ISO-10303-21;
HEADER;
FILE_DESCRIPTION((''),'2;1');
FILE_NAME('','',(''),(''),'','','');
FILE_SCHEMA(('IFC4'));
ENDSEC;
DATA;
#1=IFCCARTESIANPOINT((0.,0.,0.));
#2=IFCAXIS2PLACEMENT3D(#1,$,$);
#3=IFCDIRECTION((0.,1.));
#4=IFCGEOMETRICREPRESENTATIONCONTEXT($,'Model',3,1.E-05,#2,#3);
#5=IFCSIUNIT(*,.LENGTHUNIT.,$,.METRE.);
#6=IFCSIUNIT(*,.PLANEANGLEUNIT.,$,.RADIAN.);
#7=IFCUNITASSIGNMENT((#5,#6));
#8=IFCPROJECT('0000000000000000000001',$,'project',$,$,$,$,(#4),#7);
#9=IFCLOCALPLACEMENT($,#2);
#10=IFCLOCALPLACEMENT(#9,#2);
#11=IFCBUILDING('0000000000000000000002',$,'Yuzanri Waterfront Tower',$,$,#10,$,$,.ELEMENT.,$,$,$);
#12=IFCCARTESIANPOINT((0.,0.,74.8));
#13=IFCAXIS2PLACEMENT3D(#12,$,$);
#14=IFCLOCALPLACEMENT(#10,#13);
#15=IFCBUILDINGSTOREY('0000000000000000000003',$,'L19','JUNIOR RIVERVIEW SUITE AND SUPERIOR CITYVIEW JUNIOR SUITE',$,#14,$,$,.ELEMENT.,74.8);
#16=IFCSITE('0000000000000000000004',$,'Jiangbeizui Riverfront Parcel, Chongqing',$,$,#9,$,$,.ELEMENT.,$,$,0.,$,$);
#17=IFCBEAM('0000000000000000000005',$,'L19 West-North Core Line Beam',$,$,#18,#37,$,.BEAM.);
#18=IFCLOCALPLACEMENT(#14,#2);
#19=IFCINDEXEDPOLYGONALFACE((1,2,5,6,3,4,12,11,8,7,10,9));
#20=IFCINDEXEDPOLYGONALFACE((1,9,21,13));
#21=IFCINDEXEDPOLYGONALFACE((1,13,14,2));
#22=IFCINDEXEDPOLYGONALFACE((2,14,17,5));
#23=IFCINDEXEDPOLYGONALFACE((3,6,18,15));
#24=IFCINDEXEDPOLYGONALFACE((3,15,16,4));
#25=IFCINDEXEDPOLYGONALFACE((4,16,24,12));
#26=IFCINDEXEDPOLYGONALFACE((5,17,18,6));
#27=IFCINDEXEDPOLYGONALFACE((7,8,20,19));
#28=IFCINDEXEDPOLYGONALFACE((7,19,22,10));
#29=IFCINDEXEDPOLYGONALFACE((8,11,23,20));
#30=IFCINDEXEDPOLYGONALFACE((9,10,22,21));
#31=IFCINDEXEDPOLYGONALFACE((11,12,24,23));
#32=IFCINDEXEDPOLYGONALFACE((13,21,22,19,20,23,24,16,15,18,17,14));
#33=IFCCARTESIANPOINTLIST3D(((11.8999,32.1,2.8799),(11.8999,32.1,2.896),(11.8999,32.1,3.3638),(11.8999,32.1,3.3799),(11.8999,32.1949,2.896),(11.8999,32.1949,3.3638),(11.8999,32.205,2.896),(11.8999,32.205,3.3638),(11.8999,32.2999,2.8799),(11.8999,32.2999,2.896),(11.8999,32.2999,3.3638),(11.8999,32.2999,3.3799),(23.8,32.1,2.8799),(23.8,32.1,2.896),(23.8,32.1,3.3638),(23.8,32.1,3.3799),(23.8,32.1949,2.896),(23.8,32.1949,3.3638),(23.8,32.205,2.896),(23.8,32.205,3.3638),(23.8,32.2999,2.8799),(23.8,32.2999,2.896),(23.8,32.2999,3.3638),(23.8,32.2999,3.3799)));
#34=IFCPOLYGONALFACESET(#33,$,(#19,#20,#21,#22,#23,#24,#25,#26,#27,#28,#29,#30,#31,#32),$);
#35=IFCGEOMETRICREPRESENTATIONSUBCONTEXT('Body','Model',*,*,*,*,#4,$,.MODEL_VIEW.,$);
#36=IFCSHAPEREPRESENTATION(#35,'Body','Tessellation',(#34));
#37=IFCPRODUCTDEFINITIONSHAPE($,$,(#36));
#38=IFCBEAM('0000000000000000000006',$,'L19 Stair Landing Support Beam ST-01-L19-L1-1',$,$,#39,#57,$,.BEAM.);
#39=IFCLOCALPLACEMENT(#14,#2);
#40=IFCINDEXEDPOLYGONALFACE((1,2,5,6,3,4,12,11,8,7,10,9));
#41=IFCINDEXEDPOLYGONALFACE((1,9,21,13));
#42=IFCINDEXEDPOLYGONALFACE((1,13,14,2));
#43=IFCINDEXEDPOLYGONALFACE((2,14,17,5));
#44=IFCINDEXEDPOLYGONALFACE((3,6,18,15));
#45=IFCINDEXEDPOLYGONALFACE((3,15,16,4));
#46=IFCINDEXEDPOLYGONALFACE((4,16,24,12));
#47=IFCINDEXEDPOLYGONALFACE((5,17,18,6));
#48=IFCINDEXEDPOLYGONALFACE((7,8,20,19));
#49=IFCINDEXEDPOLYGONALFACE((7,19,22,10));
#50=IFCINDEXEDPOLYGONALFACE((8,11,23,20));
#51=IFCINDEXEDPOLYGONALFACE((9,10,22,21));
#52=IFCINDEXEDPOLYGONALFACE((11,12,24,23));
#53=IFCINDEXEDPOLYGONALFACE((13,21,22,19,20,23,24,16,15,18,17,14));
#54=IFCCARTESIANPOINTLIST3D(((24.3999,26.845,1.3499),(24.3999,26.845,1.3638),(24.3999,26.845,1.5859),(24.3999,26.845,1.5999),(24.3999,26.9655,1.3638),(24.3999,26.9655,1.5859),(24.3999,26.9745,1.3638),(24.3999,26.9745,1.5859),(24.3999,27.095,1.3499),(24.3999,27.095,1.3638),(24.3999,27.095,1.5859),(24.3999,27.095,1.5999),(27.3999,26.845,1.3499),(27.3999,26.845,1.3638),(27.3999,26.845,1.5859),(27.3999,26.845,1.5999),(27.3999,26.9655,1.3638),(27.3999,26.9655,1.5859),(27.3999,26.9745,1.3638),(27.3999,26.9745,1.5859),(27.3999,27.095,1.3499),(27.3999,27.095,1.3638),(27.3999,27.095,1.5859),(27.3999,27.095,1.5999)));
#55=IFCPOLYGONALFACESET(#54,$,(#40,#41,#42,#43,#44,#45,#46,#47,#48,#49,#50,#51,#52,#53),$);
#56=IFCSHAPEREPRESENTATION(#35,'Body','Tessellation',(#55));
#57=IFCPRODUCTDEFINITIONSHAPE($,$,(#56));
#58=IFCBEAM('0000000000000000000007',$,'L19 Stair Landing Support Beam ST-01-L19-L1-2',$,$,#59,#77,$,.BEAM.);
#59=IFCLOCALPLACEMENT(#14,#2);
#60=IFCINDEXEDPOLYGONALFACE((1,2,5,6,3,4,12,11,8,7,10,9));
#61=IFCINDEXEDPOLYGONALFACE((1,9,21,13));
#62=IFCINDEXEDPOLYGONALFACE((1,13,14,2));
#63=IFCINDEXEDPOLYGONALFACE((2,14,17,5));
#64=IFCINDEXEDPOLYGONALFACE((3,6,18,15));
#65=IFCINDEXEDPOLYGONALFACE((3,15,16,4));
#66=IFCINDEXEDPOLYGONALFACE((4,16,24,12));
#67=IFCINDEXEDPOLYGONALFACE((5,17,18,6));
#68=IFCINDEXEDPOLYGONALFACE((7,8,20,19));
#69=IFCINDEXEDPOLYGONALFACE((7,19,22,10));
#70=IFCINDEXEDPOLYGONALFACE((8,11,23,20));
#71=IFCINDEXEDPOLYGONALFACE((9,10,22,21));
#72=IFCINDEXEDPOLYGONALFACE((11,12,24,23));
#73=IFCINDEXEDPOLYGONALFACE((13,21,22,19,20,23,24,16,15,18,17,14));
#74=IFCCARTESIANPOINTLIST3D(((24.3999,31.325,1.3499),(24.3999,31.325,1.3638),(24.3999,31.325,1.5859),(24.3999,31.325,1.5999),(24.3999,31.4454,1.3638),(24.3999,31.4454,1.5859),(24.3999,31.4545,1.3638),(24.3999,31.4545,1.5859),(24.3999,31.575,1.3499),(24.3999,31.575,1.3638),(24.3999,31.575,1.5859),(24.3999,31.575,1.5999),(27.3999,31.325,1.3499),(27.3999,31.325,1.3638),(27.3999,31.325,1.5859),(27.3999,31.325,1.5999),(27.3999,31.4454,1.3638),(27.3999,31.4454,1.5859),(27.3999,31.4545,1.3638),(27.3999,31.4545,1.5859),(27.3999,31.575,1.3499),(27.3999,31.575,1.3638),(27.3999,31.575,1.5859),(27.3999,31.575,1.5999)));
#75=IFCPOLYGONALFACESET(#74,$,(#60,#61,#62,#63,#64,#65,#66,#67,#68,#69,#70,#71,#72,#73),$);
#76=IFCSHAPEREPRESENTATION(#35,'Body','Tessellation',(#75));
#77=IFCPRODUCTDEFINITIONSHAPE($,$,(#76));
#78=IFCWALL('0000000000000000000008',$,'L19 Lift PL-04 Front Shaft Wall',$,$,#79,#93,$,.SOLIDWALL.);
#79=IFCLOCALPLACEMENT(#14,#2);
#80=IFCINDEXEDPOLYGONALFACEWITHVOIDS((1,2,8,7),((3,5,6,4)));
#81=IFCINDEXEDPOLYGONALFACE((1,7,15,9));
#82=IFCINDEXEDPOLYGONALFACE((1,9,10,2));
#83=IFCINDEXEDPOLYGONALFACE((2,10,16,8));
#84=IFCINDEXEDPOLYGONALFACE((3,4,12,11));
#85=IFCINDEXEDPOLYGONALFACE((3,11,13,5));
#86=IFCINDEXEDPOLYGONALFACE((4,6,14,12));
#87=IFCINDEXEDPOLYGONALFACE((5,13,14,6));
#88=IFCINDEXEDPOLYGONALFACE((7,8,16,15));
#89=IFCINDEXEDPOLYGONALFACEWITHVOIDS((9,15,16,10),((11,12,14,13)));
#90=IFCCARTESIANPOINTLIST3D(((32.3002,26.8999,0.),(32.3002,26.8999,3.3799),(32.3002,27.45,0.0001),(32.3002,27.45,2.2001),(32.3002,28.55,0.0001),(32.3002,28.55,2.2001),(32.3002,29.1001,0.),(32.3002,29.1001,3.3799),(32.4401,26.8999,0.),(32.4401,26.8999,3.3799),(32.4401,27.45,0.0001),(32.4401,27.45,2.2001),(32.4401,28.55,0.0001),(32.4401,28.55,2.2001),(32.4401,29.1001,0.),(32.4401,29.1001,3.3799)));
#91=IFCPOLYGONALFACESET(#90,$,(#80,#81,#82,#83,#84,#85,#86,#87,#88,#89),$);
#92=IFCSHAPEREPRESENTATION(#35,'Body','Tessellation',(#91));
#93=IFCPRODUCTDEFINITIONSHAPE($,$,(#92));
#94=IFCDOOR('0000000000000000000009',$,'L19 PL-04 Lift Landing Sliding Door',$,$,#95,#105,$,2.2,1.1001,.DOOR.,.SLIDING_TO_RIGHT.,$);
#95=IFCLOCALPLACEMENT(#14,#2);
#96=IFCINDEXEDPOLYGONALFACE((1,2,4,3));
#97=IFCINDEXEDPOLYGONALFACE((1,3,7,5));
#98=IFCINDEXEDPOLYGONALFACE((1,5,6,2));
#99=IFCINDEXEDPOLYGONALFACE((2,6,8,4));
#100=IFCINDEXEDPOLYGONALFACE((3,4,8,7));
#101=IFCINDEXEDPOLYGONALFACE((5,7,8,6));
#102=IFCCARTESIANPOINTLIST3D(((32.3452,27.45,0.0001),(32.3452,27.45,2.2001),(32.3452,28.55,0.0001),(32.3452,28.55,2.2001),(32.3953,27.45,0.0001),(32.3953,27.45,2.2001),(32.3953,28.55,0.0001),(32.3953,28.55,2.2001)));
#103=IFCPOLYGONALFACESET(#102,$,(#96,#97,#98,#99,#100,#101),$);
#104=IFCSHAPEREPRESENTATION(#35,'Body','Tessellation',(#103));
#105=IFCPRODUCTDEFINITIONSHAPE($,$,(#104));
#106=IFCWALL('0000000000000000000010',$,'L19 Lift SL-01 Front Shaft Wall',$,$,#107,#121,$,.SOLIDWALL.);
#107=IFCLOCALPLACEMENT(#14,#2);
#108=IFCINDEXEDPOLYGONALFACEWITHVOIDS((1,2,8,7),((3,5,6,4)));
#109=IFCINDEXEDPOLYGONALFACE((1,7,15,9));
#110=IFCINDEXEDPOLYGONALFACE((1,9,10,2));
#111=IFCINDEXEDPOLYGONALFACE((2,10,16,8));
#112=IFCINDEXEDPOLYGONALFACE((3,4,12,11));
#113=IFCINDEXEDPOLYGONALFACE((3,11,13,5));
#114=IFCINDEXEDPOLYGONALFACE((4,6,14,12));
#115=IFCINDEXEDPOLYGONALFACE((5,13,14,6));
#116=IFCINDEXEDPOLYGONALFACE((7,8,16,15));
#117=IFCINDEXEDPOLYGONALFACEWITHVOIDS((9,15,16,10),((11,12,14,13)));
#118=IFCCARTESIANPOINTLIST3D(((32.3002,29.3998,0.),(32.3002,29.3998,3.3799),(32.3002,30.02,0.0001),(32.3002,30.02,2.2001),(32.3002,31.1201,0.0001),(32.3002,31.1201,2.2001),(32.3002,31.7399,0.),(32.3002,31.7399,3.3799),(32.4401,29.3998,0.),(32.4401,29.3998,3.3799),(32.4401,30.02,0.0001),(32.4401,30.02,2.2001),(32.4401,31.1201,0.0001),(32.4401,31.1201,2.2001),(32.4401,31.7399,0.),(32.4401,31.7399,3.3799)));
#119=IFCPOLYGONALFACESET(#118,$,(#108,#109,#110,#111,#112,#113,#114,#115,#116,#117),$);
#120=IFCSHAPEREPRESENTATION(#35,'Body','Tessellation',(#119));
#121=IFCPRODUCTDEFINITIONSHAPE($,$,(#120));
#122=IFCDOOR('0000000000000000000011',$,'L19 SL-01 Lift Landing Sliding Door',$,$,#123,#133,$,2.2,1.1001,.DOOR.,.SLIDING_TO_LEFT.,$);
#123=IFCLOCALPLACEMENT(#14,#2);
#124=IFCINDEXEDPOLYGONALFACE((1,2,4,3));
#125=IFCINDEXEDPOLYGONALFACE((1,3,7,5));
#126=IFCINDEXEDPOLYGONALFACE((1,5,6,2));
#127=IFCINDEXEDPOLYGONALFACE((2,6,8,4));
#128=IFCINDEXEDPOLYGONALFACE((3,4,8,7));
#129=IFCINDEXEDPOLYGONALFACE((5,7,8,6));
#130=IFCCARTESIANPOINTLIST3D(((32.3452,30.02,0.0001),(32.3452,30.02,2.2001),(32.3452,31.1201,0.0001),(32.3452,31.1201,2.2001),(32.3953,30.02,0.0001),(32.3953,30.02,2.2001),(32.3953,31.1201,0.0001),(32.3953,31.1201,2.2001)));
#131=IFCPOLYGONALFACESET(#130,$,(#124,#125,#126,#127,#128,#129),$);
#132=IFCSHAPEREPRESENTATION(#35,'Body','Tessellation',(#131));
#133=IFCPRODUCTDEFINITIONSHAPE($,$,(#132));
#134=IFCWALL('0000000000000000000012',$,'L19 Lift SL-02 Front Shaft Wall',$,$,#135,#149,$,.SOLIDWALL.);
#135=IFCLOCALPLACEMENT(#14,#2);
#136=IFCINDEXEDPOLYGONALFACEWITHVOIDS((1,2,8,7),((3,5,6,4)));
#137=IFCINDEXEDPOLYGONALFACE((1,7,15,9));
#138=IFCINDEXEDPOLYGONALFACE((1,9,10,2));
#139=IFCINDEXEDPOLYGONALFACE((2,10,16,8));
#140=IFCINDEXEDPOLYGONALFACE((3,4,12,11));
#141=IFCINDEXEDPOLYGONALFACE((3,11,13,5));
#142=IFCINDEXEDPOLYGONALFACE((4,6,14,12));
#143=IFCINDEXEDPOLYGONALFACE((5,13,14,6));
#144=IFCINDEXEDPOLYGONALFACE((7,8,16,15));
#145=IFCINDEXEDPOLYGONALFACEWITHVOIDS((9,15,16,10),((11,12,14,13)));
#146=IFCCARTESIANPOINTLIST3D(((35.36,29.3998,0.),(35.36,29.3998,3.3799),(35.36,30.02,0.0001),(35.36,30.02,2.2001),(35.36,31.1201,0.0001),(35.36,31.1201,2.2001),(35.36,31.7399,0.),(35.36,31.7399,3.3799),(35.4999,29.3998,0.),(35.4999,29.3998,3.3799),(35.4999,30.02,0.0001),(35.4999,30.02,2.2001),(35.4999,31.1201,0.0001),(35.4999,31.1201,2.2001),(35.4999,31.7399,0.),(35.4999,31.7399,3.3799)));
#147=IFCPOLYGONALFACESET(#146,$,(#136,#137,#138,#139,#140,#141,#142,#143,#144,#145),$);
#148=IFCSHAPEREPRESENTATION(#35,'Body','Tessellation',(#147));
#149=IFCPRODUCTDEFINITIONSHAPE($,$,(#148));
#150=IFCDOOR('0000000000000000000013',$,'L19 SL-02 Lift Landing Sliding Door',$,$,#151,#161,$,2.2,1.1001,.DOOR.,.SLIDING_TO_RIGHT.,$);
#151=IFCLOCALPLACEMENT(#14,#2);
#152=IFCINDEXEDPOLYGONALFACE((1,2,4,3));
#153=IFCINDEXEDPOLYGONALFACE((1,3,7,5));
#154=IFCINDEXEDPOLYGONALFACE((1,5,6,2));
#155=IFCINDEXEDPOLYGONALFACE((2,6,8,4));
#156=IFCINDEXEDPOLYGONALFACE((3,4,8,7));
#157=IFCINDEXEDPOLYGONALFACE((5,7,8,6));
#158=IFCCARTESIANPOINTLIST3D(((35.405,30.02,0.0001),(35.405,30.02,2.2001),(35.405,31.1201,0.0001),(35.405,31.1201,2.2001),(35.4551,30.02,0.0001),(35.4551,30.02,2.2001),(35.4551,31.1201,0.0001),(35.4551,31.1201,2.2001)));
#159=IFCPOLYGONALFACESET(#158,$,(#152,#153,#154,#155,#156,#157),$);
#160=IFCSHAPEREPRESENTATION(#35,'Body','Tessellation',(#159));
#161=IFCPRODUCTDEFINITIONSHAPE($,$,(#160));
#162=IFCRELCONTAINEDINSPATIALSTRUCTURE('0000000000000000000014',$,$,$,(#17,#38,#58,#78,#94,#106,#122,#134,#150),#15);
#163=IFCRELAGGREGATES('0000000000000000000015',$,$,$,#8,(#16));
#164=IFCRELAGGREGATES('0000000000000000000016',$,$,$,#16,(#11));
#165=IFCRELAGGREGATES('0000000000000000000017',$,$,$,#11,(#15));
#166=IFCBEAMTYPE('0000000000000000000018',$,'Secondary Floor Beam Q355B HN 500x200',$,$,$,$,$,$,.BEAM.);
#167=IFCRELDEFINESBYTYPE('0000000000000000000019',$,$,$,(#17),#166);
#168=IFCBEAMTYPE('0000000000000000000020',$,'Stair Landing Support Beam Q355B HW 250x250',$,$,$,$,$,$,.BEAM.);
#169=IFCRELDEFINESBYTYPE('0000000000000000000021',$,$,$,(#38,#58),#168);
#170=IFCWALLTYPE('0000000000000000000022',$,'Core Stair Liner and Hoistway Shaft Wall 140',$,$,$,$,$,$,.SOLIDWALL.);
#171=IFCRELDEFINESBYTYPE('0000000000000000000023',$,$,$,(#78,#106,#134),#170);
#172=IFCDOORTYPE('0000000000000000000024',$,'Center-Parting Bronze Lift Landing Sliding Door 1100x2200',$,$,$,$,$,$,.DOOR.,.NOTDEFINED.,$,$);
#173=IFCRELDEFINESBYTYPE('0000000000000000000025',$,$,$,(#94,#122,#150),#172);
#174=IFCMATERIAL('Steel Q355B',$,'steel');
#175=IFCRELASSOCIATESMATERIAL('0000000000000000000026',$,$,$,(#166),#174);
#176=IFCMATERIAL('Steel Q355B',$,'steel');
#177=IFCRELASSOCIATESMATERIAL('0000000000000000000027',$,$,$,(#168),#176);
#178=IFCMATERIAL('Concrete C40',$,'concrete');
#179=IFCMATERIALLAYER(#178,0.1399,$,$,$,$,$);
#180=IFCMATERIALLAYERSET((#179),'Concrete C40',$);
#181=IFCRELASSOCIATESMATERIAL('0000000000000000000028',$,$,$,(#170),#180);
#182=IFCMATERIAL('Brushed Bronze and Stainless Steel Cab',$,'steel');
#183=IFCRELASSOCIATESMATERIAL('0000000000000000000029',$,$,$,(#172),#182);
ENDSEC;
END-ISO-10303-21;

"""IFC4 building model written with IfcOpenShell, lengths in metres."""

from ifc_helpers import new_model, si_unit, direction, frame, frame_2d, origin, origin_2d, place, context, subcontext, project, spatial, rectangle, i_section, extrude, source, transform, mapped, material, layer, layer_set, material_profile, profile_set, type_object, element, fill, save


model = new_model("IFC4")

# Units and contexts
model_context = context("Model", 3, precision=1e-05, world=origin(), true_north=direction((0.0, 1.0)))
body_context = subcontext(model_context, "Body", "Model", "MODEL_VIEW")
ifc_project = project(units=[si_unit("LENGTHUNIT", "METRE"), si_unit("PLANEANGLEUNIT", "RADIAN")], contexts=[model_context])

# Site, building, storey
site_placement = place(None, origin())
site = spatial("IfcSite", under=ifc_project, at=site_placement, Name="Jiangbeizui Riverfront Parcel, Chongqing", CompositionType="ELEMENT", RefElevation=0.0)
building_placement = place(site_placement, origin())
building = spatial("IfcBuilding", under=site, at=building_placement, Name="Yuzanri Waterfront Tower", CompositionType="ELEMENT")
storey_placement = place(building_placement, frame((0.0, 0.0, 74.8)))
storey = spatial("IfcBuildingStorey", under=building, at=storey_placement, Name="L19", Description="JUNIOR RIVERVIEW SUITE AND SUPERIOR CITYVIEW JUNIOR SUITE", CompositionType="ELEMENT", Elevation=74.8)

# Beams
ifc_material_1 = material(Name="Steel Q355B", Category="steel")
ifc_material_profile_1 = material_profile(ifc_material_1, i_section(OverallWidth=0.2, OverallDepth=0.5, WebThickness=0.01, FlangeThickness=0.0161, at=origin_2d()), Name="HN 500x200x10x16")
ifc_profile_set_1 = profile_set([ifc_material_profile_1], Name="Steel Q355B")
beam_type_1 = type_object("IfcBeamType", Name="Secondary Floor Beam Q355B HN 500x200", PredefinedType="BEAM", material=ifc_profile_set_1)
shared_shape_1 = source(origin(), body_context, "Body", "SweptSolid", [
    extrude(i_section(OverallWidth=0.2, OverallDepth=0.5, WebThickness=0.01, FlangeThickness=0.0161, at=origin_2d()), origin(), (0.0, 0.0, 1.0), 11.9001),
])
beam_placement = place(storey_placement, frame((23.8, 32.2, 3.1299), z_axis=(-1.0, 0.0, 0.0), x_axis=(0.0, -1.0, 0.0)))
element("IfcBeam", 1, at=beam_placement, inside=storey, type_object=beam_type_1, Name="L19 West-North Core Line Beam", PredefinedType="BEAM", context=body_context, shape_type="MappedRepresentation", body=[
    mapped(shared_shape_1, transform((0.0, 0.0, 0.0), scale=1.0)),
])
ifc_material_2 = material(Name="Steel Q355B", Category="steel")
ifc_material_profile_2 = material_profile(ifc_material_2, i_section(OverallWidth=0.25, OverallDepth=0.25, WebThickness=0.009, FlangeThickness=0.0139, at=origin_2d()), Name="HW 250x250x9x14")
ifc_profile_set_2 = profile_set([ifc_material_profile_2], Name="Steel Q355B")
beam_type_2 = type_object("IfcBeamType", Name="Stair Landing Support Beam Q355B HW 250x250", PredefinedType="BEAM", material=ifc_profile_set_2)
shared_shape_2 = source(origin(), body_context, "Body", "SweptSolid", [
    extrude(i_section(OverallWidth=0.25, OverallDepth=0.25, WebThickness=0.009, FlangeThickness=0.0139, at=origin_2d()), origin(), (0.0, 0.0, 1.0), 3.0),
])
for number, where, z_axis, x_axis, name in (
    (2, (24.3999, 26.97, 1.4749), (1.0, 0.0, 0.0), (0.0, 1.0, 0.0), "L19 Stair Landing Support Beam ST-01-L19-L1-1"),
    (3, (24.3999, 31.45, 1.4749), (1.0, 0.0, 0.0), (0.0, 1.0, 0.0), "L19 Stair Landing Support Beam ST-01-L19-L1-2"),
):
    element("IfcBeam", number, at=place(storey_placement, frame(where, z_axis=z_axis, x_axis=x_axis)), inside=storey, type_object=beam_type_2, Name=name, PredefinedType="BEAM", context=body_context, shape_type="MappedRepresentation", body=[
        mapped(shared_shape_2, transform((0.0, 0.0, 0.0), scale=1.0)),
    ])

# Walls, openings, doors
ifc_material_3 = material(Name="Concrete C40", Category="concrete")
ifc_layer_1 = layer(ifc_material_3, 0.1399)
ifc_layer_set_1 = layer_set([ifc_layer_1], Name="Concrete C40")
wall_type_1 = type_object("IfcWallType", Name="Core Stair Liner and Hoistway Shaft Wall 140", PredefinedType="SOLIDWALL", material=ifc_layer_set_1)
wall_1_placement = place(storey_placement, frame((32.3701, 26.8999, 0.0), z_axis=(0.0, 0.0, 1.0), x_axis=(0.0, 1.0, 0.0)))
wall_1 = element("IfcWall", 4, at=wall_1_placement, inside=storey, type_object=wall_type_1, Name="L19 Lift PL-04 Front Shaft Wall", PredefinedType="SOLIDWALL", context=body_context, shape_type="SweptSolid", body=[
    extrude(rectangle(XDim=2.2002, YDim=0.1399, at=frame_2d((1.1001, 0.0))), origin(), (0.0, 0.0, 1.0), 3.3799),
])
opening_1_placement = place(wall_1_placement, frame((0.55, 0.0, 0.0)))
opening_1 = element("IfcOpeningElement", 5, at=opening_1_placement, cuts=wall_1, PredefinedType="OPENING", context=body_context, shape_type="SweptSolid", body=[
    extrude(rectangle(XDim=1.1001, YDim=2.2, at=frame_2d((0.55, 1.1001))), frame((0.0, 0.085, 0.0), z_axis=(0.0, -1.0, 0.0), x_axis=(1.0, 0.0, 0.0)), (0.0, 0.0, 1.0), 0.1697),
])
ifc_material_4 = material(Name="Brushed Bronze and Stainless Steel Cab", Category="steel")
door_type_1 = type_object("IfcDoorType", Name="Center-Parting Bronze Lift Landing Sliding Door 1100x2200", OperationType="NOTDEFINED", PredefinedType="DOOR", material=ifc_material_4)
shared_shape_3 = source(origin(), body_context, "Body", "SweptSolid", [
    extrude(rectangle(XDim=1.1001, YDim=2.2, at=frame_2d((0.55, 1.1001))), frame((0.0, 0.0249, 0.0), z_axis=(0.0, -1.0, 0.0), x_axis=(1.0, 0.0, 0.0)), (0.0, 0.0, 1.0), 0.05),
])
door_1_placement = place(opening_1_placement, origin())
door_1 = element("IfcDoor", 6, at=door_1_placement, inside=storey, type_object=door_type_1, Name="L19 PL-04 Lift Landing Sliding Door", OperationType="SLIDING_TO_RIGHT", OverallHeight=2.2, OverallWidth=1.1001, PredefinedType="DOOR", context=body_context, shape_type="MappedRepresentation", body=[
    mapped(shared_shape_3, transform((0.0, 0.0, 0.0), scale=1.0)),
])
fill(opening_1, door_1)
wall_2_placement = place(storey_placement, frame((32.3701, 29.3999, 0.0), z_axis=(0.0, 0.0, 1.0), x_axis=(0.0, 1.0, 0.0)))
wall_2 = element("IfcWall", 7, at=wall_2_placement, inside=storey, type_object=wall_type_1, Name="L19 Lift SL-01 Front Shaft Wall", PredefinedType="SOLIDWALL", context=body_context, shape_type="SweptSolid", body=[
    extrude(rectangle(XDim=2.3401, YDim=0.1399, at=frame_2d((1.1699, 0.0))), origin(), (0.0, 0.0, 1.0), 3.3799),
])
opening_2_placement = place(wall_2_placement, frame((0.6201, 0.0, 0.0)))
opening_2 = element("IfcOpeningElement", 8, at=opening_2_placement, cuts=wall_2, PredefinedType="OPENING", context=body_context, shape_type="SweptSolid", body=[
    extrude(rectangle(XDim=1.1001, YDim=2.2, at=frame_2d((0.55, 1.1001))), frame((0.0, 0.085, 0.0), z_axis=(0.0, -1.0, 0.0), x_axis=(1.0, 0.0, 0.0)), (0.0, 0.0, 1.0), 0.1697),
])
door_2_placement = place(opening_2_placement, origin())
door_2 = element("IfcDoor", 9, at=door_2_placement, inside=storey, type_object=door_type_1, Name="L19 SL-01 Lift Landing Sliding Door", OperationType="SLIDING_TO_LEFT", OverallHeight=2.2, OverallWidth=1.1001, PredefinedType="DOOR", context=body_context, shape_type="MappedRepresentation", body=[
    mapped(shared_shape_3, transform((0.0, 0.0, 0.0), scale=1.0)),
])
fill(opening_2, door_2)
wall_3_placement = place(storey_placement, frame((35.4299, 29.3999, 0.0), z_axis=(0.0, 0.0, 1.0), x_axis=(0.0, 1.0, 0.0)))
wall_3 = element("IfcWall", 10, at=wall_3_placement, inside=storey, type_object=wall_type_1, Name="L19 Lift SL-02 Front Shaft Wall", PredefinedType="SOLIDWALL", context=body_context, shape_type="SweptSolid", body=[
    extrude(rectangle(XDim=2.3401, YDim=0.1399, at=frame_2d((1.1699, 0.0))), origin(), (0.0, 0.0, 1.0), 3.3799),
])
opening_3_placement = place(wall_3_placement, frame((0.6201, 0.0, 0.0)))
opening_3 = element("IfcOpeningElement", 11, at=opening_3_placement, cuts=wall_3, PredefinedType="OPENING", context=body_context, shape_type="SweptSolid", body=[
    extrude(rectangle(XDim=1.1001, YDim=2.2, at=frame_2d((0.55, 1.1001))), frame((0.0, 0.085, 0.0), z_axis=(0.0, -1.0, 0.0), x_axis=(1.0, 0.0, 0.0)), (0.0, 0.0, 1.0), 0.1697),
])
door_3_placement = place(opening_3_placement, origin())
door_3 = element("IfcDoor", 12, at=door_3_placement, inside=storey, type_object=door_type_1, Name="L19 SL-02 Lift Landing Sliding Door", OperationType="SLIDING_TO_RIGHT", OverallHeight=2.2, OverallWidth=1.1001, PredefinedType="DOOR", context=body_context, shape_type="MappedRepresentation", body=[
    mapped(shared_shape_3, transform((0.0, 0.0, 0.0), scale=1.0)),
])
fill(opening_3, door_3)

save(model, "model.ifc")
